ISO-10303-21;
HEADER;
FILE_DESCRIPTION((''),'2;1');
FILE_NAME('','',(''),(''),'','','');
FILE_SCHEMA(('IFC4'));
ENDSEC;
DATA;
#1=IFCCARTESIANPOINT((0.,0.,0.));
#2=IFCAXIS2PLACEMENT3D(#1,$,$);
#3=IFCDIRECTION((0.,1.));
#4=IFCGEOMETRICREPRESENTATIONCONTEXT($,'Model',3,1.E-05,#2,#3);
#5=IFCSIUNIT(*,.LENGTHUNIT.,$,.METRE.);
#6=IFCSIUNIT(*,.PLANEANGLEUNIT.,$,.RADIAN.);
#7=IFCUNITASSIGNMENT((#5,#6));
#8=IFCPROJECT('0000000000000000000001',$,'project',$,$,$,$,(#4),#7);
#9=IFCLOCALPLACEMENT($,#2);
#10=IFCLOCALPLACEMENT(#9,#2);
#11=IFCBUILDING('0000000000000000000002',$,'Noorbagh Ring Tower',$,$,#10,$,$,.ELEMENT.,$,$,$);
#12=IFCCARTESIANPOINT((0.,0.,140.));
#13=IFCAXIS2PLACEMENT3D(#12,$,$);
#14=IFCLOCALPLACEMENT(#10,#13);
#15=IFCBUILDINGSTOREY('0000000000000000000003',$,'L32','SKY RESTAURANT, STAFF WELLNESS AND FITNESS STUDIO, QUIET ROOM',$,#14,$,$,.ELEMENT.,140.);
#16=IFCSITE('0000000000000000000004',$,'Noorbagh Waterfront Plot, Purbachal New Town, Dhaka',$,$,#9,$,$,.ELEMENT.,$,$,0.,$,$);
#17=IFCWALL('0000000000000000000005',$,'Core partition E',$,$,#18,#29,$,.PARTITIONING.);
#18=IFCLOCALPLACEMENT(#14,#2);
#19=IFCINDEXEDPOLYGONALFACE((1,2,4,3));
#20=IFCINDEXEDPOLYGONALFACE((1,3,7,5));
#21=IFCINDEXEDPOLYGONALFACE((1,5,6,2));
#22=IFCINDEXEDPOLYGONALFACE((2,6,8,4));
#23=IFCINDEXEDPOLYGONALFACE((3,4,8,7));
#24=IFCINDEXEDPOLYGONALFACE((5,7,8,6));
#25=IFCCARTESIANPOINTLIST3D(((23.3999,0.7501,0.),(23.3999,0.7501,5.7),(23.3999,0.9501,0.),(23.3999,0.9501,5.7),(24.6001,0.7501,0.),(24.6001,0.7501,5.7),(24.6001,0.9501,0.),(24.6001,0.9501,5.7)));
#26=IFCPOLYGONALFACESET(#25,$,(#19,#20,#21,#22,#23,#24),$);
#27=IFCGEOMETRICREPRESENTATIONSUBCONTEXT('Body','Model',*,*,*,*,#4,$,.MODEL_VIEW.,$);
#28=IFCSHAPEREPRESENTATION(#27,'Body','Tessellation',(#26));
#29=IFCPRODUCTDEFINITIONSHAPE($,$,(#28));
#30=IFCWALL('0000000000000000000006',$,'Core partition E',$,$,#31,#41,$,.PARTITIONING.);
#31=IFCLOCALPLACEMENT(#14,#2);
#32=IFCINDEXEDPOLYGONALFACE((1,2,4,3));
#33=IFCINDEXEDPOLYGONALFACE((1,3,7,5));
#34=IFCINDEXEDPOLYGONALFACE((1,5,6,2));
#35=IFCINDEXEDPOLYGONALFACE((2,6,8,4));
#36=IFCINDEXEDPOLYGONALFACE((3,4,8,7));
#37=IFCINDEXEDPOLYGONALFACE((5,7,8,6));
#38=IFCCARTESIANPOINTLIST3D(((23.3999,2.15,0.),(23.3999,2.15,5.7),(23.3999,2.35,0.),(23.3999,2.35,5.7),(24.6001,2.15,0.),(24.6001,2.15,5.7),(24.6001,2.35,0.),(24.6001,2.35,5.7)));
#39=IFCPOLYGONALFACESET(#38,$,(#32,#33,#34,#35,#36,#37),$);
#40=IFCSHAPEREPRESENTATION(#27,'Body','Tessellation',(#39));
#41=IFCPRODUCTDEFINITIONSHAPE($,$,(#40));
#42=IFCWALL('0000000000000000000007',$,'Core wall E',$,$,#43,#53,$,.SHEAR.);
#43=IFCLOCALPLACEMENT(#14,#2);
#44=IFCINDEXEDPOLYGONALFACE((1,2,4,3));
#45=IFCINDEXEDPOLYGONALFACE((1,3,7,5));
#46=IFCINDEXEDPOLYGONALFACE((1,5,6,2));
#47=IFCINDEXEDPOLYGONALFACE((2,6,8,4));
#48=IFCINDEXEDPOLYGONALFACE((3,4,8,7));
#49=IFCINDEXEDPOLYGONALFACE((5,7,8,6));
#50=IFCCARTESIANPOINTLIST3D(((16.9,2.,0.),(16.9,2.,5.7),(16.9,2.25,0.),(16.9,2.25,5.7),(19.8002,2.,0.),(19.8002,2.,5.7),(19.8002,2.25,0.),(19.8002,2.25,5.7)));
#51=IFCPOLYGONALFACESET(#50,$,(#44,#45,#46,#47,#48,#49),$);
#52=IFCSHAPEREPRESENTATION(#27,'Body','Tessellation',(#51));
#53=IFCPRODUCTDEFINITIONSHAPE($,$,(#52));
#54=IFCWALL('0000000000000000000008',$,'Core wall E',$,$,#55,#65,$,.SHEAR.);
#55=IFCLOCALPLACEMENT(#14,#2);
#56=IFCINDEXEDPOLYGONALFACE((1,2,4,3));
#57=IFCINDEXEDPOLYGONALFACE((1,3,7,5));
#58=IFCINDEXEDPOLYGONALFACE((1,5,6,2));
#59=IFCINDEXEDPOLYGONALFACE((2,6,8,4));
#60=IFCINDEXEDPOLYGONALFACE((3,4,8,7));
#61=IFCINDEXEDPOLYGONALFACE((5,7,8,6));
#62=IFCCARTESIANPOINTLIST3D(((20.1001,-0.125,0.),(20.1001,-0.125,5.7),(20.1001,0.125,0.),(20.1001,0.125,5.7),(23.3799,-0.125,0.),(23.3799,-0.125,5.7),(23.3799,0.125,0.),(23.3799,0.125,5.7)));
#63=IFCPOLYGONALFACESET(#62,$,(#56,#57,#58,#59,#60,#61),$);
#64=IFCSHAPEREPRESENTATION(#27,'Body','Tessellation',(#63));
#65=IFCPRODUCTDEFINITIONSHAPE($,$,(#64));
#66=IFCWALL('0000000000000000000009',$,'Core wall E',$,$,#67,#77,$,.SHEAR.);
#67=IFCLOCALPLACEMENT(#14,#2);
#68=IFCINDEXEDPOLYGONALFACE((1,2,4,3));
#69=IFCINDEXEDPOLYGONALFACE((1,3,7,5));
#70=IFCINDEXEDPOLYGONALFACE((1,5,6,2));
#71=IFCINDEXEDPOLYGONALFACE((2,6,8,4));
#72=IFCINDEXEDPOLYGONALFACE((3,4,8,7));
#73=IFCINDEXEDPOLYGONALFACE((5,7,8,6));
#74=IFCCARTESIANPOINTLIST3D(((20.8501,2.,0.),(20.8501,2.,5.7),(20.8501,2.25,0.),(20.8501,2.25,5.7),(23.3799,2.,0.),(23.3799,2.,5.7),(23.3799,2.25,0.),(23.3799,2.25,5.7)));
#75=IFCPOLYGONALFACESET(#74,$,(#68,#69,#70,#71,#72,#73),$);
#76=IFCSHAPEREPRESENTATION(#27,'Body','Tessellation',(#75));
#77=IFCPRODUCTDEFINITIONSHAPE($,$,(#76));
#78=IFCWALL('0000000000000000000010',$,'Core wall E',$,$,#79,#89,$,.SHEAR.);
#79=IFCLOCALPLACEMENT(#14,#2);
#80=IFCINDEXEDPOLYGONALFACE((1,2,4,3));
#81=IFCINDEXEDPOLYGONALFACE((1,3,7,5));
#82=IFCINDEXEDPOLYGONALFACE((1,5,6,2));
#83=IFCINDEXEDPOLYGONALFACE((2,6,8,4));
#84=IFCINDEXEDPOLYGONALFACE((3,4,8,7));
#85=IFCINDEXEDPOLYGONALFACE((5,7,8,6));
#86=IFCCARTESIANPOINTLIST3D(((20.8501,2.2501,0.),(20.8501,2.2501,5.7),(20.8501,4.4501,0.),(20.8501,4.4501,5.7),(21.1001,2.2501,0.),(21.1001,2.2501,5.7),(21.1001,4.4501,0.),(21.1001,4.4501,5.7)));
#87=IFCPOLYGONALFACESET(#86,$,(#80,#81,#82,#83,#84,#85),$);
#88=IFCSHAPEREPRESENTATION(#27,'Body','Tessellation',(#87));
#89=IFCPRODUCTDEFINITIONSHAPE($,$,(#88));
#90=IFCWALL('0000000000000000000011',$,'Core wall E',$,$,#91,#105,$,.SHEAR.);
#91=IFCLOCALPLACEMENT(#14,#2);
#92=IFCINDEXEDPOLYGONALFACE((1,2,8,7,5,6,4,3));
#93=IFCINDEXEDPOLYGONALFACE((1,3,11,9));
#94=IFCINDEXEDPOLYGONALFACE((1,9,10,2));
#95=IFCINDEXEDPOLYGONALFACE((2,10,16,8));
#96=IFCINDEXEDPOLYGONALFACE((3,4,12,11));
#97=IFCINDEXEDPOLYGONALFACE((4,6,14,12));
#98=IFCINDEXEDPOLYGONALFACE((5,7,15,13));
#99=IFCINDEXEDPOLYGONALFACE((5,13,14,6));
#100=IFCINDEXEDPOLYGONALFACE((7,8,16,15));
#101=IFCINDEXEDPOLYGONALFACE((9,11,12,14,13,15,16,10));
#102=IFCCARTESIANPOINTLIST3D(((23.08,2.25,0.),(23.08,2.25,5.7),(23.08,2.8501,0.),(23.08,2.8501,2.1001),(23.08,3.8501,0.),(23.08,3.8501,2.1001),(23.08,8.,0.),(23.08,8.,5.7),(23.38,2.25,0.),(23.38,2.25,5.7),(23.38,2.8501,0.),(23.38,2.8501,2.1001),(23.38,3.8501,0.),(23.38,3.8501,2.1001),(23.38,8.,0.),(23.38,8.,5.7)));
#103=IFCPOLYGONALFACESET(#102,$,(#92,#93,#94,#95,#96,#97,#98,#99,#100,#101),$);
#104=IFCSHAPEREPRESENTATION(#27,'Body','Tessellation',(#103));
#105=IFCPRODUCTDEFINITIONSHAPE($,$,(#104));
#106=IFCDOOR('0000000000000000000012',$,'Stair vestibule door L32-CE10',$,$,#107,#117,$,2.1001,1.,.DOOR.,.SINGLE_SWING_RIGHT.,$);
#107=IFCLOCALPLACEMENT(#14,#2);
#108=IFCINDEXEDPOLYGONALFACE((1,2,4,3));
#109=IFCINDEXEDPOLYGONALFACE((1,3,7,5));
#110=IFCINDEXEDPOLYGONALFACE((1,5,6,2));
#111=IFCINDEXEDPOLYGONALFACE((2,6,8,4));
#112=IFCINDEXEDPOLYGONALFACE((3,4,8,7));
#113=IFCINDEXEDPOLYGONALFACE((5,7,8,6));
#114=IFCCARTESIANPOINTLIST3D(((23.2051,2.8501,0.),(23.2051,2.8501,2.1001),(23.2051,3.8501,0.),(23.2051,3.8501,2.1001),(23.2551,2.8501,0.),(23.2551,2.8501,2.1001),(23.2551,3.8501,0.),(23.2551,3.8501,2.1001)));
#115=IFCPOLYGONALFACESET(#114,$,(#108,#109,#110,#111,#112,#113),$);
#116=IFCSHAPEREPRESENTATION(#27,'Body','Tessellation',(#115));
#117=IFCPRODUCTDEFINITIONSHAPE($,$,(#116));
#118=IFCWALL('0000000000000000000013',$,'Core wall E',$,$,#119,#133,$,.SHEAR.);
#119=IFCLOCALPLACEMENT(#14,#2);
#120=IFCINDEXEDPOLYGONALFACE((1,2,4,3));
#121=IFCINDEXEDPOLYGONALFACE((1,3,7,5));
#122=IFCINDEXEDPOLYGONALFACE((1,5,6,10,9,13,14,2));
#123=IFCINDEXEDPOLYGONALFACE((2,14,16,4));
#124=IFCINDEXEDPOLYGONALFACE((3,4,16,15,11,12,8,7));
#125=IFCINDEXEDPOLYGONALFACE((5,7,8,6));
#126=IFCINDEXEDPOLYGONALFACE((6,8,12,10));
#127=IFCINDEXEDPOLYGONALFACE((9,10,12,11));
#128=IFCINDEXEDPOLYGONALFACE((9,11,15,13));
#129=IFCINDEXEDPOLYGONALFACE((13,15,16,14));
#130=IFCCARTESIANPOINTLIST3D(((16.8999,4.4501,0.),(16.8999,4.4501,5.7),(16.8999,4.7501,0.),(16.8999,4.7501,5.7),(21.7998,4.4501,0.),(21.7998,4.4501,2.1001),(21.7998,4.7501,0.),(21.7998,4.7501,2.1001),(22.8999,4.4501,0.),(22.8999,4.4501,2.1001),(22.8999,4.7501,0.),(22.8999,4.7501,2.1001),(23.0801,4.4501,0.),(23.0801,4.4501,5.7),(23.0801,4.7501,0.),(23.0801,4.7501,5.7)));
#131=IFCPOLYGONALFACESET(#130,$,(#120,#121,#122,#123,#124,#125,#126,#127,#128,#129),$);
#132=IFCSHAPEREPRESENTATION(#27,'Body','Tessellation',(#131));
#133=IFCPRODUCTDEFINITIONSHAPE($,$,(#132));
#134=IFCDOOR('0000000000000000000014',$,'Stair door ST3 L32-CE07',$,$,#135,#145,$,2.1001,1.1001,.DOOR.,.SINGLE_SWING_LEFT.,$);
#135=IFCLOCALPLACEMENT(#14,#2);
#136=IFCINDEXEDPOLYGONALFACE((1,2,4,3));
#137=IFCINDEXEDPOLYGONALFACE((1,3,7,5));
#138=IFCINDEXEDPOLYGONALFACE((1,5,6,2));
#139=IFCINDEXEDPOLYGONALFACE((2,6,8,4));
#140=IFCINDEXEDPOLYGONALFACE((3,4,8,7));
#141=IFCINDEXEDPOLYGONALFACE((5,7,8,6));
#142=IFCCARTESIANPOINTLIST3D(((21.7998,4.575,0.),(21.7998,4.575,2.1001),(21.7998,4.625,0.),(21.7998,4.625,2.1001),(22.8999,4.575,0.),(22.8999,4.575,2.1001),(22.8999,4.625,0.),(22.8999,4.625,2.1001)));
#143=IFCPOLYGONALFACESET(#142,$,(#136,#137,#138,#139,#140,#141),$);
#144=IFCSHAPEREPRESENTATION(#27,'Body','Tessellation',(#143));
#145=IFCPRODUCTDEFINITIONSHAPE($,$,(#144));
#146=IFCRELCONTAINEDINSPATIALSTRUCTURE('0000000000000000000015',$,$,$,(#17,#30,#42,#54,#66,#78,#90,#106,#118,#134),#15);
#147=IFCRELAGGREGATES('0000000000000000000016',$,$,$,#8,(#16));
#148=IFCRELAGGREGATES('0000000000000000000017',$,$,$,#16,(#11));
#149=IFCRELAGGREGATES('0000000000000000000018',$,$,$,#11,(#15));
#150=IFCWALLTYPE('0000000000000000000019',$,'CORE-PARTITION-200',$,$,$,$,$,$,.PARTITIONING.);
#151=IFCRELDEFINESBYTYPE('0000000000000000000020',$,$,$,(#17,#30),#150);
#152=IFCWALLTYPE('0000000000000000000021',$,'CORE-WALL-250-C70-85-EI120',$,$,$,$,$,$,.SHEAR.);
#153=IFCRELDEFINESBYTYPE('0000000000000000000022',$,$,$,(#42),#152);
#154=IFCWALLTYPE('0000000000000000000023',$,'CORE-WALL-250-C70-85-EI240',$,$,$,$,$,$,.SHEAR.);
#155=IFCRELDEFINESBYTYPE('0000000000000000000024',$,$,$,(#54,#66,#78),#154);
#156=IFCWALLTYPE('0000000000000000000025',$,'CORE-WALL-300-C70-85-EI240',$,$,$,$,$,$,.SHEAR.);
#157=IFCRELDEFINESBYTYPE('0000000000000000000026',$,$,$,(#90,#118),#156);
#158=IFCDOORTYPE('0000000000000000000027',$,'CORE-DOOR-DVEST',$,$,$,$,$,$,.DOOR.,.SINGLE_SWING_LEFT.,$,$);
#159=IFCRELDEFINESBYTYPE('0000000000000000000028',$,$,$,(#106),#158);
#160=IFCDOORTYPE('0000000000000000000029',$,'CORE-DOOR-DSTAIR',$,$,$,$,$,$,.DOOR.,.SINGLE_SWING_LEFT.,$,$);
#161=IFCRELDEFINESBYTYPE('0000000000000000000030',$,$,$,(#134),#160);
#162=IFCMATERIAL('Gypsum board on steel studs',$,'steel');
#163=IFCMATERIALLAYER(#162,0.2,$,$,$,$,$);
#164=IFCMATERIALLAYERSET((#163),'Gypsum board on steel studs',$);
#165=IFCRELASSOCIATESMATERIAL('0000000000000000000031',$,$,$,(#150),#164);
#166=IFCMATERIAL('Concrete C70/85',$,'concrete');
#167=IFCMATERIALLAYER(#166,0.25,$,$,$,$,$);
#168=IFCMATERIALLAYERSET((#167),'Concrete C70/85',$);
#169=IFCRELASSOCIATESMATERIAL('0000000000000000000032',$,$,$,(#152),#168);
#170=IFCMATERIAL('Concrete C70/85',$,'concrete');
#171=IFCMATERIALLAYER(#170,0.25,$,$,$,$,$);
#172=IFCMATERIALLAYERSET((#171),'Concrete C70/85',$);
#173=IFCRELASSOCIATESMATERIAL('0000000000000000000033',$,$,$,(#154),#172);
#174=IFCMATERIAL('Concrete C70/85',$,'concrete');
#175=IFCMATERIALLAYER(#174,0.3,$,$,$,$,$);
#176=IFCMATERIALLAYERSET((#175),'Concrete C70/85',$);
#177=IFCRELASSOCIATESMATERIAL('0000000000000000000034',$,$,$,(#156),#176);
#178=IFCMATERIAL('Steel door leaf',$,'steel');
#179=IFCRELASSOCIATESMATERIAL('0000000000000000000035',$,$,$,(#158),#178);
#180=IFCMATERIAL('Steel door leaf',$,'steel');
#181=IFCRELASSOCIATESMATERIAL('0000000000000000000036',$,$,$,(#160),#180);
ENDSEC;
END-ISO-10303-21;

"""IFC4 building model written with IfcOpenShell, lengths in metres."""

from ifc_helpers import new_model, si_unit, direction, frame, frame_2d, origin, place, context, subcontext, project, spatial, rectangle, extrude, material, layer, layer_set, type_object, element, fill, save


model = new_model("IFC4")

# Units and contexts
model_context = context("Model", 3, precision=1e-05, world=origin(), true_north=direction((0.0, 1.0)))
body_context = subcontext(model_context, "Body", "Model", "MODEL_VIEW")
ifc_project = project(units=[si_unit("LENGTHUNIT", "METRE"), si_unit("PLANEANGLEUNIT", "RADIAN")], contexts=[model_context])

# Site, building, storey
site_placement = place(None, origin())
site = spatial("IfcSite", under=ifc_project, at=site_placement, Name="Noorbagh Waterfront Plot, Purbachal New Town, Dhaka", CompositionType="ELEMENT", RefElevation=0.0)
building_placement = place(site_placement, origin())
building = spatial("IfcBuilding", under=site, at=building_placement, Name="Noorbagh Ring Tower", CompositionType="ELEMENT")
storey_placement = place(building_placement, frame((0.0, 0.0, 140.0)))
storey = spatial("IfcBuildingStorey", under=building, at=storey_placement, Name="L32", Description="SKY RESTAURANT, STAFF WELLNESS AND FITNESS STUDIO, QUIET ROOM", CompositionType="ELEMENT", Elevation=140.0)

# Walls
ifc_material_1 = material(Name="Gypsum board on steel studs", Category="steel")
ifc_layer_1 = layer(ifc_material_1, 0.2)
ifc_layer_set_1 = layer_set([ifc_layer_1], Name="Gypsum board on steel studs")
wall_type_1 = type_object("IfcWallType", Name="CORE-PARTITION-200", PredefinedType="PARTITIONING", material=ifc_layer_set_1)
for number, where, z_axis, x_axis, name in (
    (1, (23.3999, 0.8501, 0.0), (0.0, 0.0, 1.0), (1.0, 0.0, 0.0), "Core partition E"),
    (2, (23.3999, 2.25, 0.0), (0.0, 0.0, 1.0), (1.0, 0.0, 0.0), "Core partition E"),
):
    element("IfcWall", number, at=place(storey_placement, frame(where, z_axis=z_axis, x_axis=x_axis)), inside=storey, type_object=wall_type_1, Name=name, PredefinedType="PARTITIONING", context=body_context, shape_type="SweptSolid", body=[
        extrude(rectangle(XDim=1.2002, YDim=0.2, at=frame_2d((0.6001, 0.0))), origin(), (0.0, 0.0, 1.0), 5.7),
    ])
ifc_material_2 = material(Name="Concrete C70/85", Category="concrete")
ifc_layer_2 = layer(ifc_material_2, 0.25)
ifc_layer_set_2 = layer_set([ifc_layer_2], Name="Concrete C70/85")
wall_type_2 = type_object("IfcWallType", Name="CORE-WALL-250-C70-85-EI120", PredefinedType="SHEAR", material=ifc_layer_set_2)
wall_1_placement = place(storey_placement, frame((16.8999, 2.125, 0.0), z_axis=(0.0, 0.0, 1.0), x_axis=(1.0, 0.0, 0.0)))
element("IfcWall", 3, at=wall_1_placement, inside=storey, type_object=wall_type_2, Name="Core wall E", PredefinedType="SHEAR", context=body_context, shape_type="SweptSolid", body=[
    extrude(rectangle(XDim=2.9001, YDim=0.25, at=frame_2d((1.4502, 0.0))), origin(), (0.0, 0.0, 1.0), 5.7),
])
ifc_material_3 = material(Name="Concrete C70/85", Category="concrete")
ifc_layer_3 = layer(ifc_material_3, 0.25)
ifc_layer_set_3 = layer_set([ifc_layer_3], Name="Concrete C70/85")
wall_type_3 = type_object("IfcWallType", Name="CORE-WALL-250-C70-85-EI240", PredefinedType="SHEAR", material=ifc_layer_set_3)
wall_2_placement = place(storey_placement, frame((20.1001, 0.0, 0.0), z_axis=(0.0, 0.0, 1.0), x_axis=(1.0, 0.0, 0.0)))
element("IfcWall", 4, at=wall_2_placement, inside=storey, type_object=wall_type_3, Name="Core wall E", PredefinedType="SHEAR", context=body_context, shape_type="SweptSolid", body=[
    extrude(rectangle(XDim=3.2798, YDim=0.25, at=frame_2d((1.6399, 0.0))), origin(), (0.0, 0.0, 1.0), 5.7),
])
wall_3_placement = place(storey_placement, frame((20.8501, 2.125, 0.0), z_axis=(0.0, 0.0, 1.0), x_axis=(1.0, 0.0, 0.0)))
element("IfcWall", 5, at=wall_3_placement, inside=storey, type_object=wall_type_3, Name="Core wall E", PredefinedType="SHEAR", context=body_context, shape_type="SweptSolid", body=[
    extrude(rectangle(XDim=2.5298, YDim=0.25, at=frame_2d((1.2649, 0.0))), origin(), (0.0, 0.0, 1.0), 5.7),
])
wall_4_placement = place(storey_placement, frame((20.9751, 2.25, 0.0), z_axis=(0.0, 0.0, 1.0), x_axis=(0.0, 1.0, 0.0)))
element("IfcWall", 6, at=wall_4_placement, inside=storey, type_object=wall_type_3, Name="Core wall E", PredefinedType="SHEAR", context=body_context, shape_type="SweptSolid", body=[
    extrude(rectangle(XDim=2.2, YDim=0.25, at=frame_2d((1.1001, 0.0))), origin(), (0.0, 0.0, 1.0), 5.7),
])

# Walls, openings, doors
ifc_material_4 = material(Name="Concrete C70/85", Category="concrete")
ifc_layer_4 = layer(ifc_material_4, 0.3)
ifc_layer_set_4 = layer_set([ifc_layer_4], Name="Concrete C70/85")
wall_type_4 = type_object("IfcWallType", Name="CORE-WALL-300-C70-85-EI240", PredefinedType="SHEAR", material=ifc_layer_set_4)
wall_5_placement = place(storey_placement, frame((23.23, 2.25, 0.0), z_axis=(0.0, 0.0, 1.0), x_axis=(0.0, 1.0, 0.0)))
wall_5 = element("IfcWall", 7, at=wall_5_placement, inside=storey, type_object=wall_type_4, Name="Core wall E", PredefinedType="SHEAR", context=body_context, shape_type="SweptSolid", body=[
    extrude(rectangle(XDim=5.75, YDim=0.3, at=frame_2d((2.875, 0.0))), origin(), (0.0, 0.0, 1.0), 5.7),
])
opening_1_placement = place(wall_5_placement, frame((0.6001, 0.0, 0.0)))
opening_1 = element("IfcOpeningElement", 8, at=opening_1_placement, cuts=wall_5, PredefinedType="OPENING", context=body_context, shape_type="SweptSolid", body=[
    extrude(rectangle(XDim=1.0, YDim=2.1001, at=frame_2d((0.5, 1.05))), frame((0.0, 0.1602, 0.0), z_axis=(0.0, -1.0, 0.0), x_axis=(1.0, 0.0, 0.0)), (0.0, 0.0, 1.0), 0.3201),
])
ifc_material_5 = material(Name="Steel door leaf", Category="steel")
door_type_1 = type_object("IfcDoorType", Name="CORE-DOOR-DVEST", OperationType="SINGLE_SWING_LEFT", PredefinedType="DOOR", material=ifc_material_5)
door_1_placement = place(opening_1_placement, origin())
door_1 = element("IfcDoor", 9, at=door_1_placement, inside=storey, type_object=door_type_1, Name="Stair vestibule door L32-CE10", OperationType="SINGLE_SWING_RIGHT", OverallHeight=2.1001, OverallWidth=1.0, PredefinedType="DOOR", context=body_context, shape_type="SweptSolid", body=[
    extrude(rectangle(XDim=1.0, YDim=2.1001, at=frame_2d((0.5, 1.05))), frame((0.0, 0.0249, 0.0), z_axis=(0.0, -1.0, 0.0), x_axis=(1.0, 0.0, 0.0)), (0.0, 0.0, 1.0), 0.05),
])
fill(opening_1, door_1)
wall_6_placement = place(storey_placement, frame((16.8999, 4.6001, 0.0), z_axis=(0.0, 0.0, 1.0), x_axis=(1.0, 0.0, 0.0)))
wall_6 = element("IfcWall", 10, at=wall_6_placement, inside=storey, type_object=wall_type_4, Name="Core wall E", PredefinedType="SHEAR", context=body_context, shape_type="SweptSolid", body=[
    extrude(rectangle(XDim=6.1802, YDim=0.3, at=frame_2d((3.0901, 0.0))), origin(), (0.0, 0.0, 1.0), 5.7),
])
opening_2_placement = place(wall_6_placement, frame((4.8999, 0.0, 0.0)))
opening_2 = element("IfcOpeningElement", 11, at=opening_2_placement, cuts=wall_6, PredefinedType="OPENING", context=body_context, shape_type="SweptSolid", body=[
    extrude(rectangle(XDim=1.1001, YDim=2.1001, at=frame_2d((0.55, 1.05))), frame((0.0, 0.1602, 0.0), z_axis=(0.0, -1.0, 0.0), x_axis=(1.0, 0.0, 0.0)), (0.0, 0.0, 1.0), 0.3201),
])
ifc_material_6 = material(Name="Steel door leaf", Category="steel")
door_type_2 = type_object("IfcDoorType", Name="CORE-DOOR-DSTAIR", OperationType="SINGLE_SWING_LEFT", PredefinedType="DOOR", material=ifc_material_6)
door_2_placement = place(opening_2_placement, origin())
door_2 = element("IfcDoor", 12, at=door_2_placement, inside=storey, type_object=door_type_2, Name="Stair door ST3 L32-CE07", OperationType="SINGLE_SWING_LEFT", OverallHeight=2.1001, OverallWidth=1.1001, PredefinedType="DOOR", context=body_context, shape_type="SweptSolid", body=[
    extrude(rectangle(XDim=1.1001, YDim=2.1001, at=frame_2d((0.55, 1.05))), frame((0.0, 0.0249, 0.0), z_axis=(0.0, -1.0, 0.0), x_axis=(1.0, 0.0, 0.0)), (0.0, 0.0, 1.0), 0.05),
])
fill(opening_2, door_2)

save(model, "model.ifc")
